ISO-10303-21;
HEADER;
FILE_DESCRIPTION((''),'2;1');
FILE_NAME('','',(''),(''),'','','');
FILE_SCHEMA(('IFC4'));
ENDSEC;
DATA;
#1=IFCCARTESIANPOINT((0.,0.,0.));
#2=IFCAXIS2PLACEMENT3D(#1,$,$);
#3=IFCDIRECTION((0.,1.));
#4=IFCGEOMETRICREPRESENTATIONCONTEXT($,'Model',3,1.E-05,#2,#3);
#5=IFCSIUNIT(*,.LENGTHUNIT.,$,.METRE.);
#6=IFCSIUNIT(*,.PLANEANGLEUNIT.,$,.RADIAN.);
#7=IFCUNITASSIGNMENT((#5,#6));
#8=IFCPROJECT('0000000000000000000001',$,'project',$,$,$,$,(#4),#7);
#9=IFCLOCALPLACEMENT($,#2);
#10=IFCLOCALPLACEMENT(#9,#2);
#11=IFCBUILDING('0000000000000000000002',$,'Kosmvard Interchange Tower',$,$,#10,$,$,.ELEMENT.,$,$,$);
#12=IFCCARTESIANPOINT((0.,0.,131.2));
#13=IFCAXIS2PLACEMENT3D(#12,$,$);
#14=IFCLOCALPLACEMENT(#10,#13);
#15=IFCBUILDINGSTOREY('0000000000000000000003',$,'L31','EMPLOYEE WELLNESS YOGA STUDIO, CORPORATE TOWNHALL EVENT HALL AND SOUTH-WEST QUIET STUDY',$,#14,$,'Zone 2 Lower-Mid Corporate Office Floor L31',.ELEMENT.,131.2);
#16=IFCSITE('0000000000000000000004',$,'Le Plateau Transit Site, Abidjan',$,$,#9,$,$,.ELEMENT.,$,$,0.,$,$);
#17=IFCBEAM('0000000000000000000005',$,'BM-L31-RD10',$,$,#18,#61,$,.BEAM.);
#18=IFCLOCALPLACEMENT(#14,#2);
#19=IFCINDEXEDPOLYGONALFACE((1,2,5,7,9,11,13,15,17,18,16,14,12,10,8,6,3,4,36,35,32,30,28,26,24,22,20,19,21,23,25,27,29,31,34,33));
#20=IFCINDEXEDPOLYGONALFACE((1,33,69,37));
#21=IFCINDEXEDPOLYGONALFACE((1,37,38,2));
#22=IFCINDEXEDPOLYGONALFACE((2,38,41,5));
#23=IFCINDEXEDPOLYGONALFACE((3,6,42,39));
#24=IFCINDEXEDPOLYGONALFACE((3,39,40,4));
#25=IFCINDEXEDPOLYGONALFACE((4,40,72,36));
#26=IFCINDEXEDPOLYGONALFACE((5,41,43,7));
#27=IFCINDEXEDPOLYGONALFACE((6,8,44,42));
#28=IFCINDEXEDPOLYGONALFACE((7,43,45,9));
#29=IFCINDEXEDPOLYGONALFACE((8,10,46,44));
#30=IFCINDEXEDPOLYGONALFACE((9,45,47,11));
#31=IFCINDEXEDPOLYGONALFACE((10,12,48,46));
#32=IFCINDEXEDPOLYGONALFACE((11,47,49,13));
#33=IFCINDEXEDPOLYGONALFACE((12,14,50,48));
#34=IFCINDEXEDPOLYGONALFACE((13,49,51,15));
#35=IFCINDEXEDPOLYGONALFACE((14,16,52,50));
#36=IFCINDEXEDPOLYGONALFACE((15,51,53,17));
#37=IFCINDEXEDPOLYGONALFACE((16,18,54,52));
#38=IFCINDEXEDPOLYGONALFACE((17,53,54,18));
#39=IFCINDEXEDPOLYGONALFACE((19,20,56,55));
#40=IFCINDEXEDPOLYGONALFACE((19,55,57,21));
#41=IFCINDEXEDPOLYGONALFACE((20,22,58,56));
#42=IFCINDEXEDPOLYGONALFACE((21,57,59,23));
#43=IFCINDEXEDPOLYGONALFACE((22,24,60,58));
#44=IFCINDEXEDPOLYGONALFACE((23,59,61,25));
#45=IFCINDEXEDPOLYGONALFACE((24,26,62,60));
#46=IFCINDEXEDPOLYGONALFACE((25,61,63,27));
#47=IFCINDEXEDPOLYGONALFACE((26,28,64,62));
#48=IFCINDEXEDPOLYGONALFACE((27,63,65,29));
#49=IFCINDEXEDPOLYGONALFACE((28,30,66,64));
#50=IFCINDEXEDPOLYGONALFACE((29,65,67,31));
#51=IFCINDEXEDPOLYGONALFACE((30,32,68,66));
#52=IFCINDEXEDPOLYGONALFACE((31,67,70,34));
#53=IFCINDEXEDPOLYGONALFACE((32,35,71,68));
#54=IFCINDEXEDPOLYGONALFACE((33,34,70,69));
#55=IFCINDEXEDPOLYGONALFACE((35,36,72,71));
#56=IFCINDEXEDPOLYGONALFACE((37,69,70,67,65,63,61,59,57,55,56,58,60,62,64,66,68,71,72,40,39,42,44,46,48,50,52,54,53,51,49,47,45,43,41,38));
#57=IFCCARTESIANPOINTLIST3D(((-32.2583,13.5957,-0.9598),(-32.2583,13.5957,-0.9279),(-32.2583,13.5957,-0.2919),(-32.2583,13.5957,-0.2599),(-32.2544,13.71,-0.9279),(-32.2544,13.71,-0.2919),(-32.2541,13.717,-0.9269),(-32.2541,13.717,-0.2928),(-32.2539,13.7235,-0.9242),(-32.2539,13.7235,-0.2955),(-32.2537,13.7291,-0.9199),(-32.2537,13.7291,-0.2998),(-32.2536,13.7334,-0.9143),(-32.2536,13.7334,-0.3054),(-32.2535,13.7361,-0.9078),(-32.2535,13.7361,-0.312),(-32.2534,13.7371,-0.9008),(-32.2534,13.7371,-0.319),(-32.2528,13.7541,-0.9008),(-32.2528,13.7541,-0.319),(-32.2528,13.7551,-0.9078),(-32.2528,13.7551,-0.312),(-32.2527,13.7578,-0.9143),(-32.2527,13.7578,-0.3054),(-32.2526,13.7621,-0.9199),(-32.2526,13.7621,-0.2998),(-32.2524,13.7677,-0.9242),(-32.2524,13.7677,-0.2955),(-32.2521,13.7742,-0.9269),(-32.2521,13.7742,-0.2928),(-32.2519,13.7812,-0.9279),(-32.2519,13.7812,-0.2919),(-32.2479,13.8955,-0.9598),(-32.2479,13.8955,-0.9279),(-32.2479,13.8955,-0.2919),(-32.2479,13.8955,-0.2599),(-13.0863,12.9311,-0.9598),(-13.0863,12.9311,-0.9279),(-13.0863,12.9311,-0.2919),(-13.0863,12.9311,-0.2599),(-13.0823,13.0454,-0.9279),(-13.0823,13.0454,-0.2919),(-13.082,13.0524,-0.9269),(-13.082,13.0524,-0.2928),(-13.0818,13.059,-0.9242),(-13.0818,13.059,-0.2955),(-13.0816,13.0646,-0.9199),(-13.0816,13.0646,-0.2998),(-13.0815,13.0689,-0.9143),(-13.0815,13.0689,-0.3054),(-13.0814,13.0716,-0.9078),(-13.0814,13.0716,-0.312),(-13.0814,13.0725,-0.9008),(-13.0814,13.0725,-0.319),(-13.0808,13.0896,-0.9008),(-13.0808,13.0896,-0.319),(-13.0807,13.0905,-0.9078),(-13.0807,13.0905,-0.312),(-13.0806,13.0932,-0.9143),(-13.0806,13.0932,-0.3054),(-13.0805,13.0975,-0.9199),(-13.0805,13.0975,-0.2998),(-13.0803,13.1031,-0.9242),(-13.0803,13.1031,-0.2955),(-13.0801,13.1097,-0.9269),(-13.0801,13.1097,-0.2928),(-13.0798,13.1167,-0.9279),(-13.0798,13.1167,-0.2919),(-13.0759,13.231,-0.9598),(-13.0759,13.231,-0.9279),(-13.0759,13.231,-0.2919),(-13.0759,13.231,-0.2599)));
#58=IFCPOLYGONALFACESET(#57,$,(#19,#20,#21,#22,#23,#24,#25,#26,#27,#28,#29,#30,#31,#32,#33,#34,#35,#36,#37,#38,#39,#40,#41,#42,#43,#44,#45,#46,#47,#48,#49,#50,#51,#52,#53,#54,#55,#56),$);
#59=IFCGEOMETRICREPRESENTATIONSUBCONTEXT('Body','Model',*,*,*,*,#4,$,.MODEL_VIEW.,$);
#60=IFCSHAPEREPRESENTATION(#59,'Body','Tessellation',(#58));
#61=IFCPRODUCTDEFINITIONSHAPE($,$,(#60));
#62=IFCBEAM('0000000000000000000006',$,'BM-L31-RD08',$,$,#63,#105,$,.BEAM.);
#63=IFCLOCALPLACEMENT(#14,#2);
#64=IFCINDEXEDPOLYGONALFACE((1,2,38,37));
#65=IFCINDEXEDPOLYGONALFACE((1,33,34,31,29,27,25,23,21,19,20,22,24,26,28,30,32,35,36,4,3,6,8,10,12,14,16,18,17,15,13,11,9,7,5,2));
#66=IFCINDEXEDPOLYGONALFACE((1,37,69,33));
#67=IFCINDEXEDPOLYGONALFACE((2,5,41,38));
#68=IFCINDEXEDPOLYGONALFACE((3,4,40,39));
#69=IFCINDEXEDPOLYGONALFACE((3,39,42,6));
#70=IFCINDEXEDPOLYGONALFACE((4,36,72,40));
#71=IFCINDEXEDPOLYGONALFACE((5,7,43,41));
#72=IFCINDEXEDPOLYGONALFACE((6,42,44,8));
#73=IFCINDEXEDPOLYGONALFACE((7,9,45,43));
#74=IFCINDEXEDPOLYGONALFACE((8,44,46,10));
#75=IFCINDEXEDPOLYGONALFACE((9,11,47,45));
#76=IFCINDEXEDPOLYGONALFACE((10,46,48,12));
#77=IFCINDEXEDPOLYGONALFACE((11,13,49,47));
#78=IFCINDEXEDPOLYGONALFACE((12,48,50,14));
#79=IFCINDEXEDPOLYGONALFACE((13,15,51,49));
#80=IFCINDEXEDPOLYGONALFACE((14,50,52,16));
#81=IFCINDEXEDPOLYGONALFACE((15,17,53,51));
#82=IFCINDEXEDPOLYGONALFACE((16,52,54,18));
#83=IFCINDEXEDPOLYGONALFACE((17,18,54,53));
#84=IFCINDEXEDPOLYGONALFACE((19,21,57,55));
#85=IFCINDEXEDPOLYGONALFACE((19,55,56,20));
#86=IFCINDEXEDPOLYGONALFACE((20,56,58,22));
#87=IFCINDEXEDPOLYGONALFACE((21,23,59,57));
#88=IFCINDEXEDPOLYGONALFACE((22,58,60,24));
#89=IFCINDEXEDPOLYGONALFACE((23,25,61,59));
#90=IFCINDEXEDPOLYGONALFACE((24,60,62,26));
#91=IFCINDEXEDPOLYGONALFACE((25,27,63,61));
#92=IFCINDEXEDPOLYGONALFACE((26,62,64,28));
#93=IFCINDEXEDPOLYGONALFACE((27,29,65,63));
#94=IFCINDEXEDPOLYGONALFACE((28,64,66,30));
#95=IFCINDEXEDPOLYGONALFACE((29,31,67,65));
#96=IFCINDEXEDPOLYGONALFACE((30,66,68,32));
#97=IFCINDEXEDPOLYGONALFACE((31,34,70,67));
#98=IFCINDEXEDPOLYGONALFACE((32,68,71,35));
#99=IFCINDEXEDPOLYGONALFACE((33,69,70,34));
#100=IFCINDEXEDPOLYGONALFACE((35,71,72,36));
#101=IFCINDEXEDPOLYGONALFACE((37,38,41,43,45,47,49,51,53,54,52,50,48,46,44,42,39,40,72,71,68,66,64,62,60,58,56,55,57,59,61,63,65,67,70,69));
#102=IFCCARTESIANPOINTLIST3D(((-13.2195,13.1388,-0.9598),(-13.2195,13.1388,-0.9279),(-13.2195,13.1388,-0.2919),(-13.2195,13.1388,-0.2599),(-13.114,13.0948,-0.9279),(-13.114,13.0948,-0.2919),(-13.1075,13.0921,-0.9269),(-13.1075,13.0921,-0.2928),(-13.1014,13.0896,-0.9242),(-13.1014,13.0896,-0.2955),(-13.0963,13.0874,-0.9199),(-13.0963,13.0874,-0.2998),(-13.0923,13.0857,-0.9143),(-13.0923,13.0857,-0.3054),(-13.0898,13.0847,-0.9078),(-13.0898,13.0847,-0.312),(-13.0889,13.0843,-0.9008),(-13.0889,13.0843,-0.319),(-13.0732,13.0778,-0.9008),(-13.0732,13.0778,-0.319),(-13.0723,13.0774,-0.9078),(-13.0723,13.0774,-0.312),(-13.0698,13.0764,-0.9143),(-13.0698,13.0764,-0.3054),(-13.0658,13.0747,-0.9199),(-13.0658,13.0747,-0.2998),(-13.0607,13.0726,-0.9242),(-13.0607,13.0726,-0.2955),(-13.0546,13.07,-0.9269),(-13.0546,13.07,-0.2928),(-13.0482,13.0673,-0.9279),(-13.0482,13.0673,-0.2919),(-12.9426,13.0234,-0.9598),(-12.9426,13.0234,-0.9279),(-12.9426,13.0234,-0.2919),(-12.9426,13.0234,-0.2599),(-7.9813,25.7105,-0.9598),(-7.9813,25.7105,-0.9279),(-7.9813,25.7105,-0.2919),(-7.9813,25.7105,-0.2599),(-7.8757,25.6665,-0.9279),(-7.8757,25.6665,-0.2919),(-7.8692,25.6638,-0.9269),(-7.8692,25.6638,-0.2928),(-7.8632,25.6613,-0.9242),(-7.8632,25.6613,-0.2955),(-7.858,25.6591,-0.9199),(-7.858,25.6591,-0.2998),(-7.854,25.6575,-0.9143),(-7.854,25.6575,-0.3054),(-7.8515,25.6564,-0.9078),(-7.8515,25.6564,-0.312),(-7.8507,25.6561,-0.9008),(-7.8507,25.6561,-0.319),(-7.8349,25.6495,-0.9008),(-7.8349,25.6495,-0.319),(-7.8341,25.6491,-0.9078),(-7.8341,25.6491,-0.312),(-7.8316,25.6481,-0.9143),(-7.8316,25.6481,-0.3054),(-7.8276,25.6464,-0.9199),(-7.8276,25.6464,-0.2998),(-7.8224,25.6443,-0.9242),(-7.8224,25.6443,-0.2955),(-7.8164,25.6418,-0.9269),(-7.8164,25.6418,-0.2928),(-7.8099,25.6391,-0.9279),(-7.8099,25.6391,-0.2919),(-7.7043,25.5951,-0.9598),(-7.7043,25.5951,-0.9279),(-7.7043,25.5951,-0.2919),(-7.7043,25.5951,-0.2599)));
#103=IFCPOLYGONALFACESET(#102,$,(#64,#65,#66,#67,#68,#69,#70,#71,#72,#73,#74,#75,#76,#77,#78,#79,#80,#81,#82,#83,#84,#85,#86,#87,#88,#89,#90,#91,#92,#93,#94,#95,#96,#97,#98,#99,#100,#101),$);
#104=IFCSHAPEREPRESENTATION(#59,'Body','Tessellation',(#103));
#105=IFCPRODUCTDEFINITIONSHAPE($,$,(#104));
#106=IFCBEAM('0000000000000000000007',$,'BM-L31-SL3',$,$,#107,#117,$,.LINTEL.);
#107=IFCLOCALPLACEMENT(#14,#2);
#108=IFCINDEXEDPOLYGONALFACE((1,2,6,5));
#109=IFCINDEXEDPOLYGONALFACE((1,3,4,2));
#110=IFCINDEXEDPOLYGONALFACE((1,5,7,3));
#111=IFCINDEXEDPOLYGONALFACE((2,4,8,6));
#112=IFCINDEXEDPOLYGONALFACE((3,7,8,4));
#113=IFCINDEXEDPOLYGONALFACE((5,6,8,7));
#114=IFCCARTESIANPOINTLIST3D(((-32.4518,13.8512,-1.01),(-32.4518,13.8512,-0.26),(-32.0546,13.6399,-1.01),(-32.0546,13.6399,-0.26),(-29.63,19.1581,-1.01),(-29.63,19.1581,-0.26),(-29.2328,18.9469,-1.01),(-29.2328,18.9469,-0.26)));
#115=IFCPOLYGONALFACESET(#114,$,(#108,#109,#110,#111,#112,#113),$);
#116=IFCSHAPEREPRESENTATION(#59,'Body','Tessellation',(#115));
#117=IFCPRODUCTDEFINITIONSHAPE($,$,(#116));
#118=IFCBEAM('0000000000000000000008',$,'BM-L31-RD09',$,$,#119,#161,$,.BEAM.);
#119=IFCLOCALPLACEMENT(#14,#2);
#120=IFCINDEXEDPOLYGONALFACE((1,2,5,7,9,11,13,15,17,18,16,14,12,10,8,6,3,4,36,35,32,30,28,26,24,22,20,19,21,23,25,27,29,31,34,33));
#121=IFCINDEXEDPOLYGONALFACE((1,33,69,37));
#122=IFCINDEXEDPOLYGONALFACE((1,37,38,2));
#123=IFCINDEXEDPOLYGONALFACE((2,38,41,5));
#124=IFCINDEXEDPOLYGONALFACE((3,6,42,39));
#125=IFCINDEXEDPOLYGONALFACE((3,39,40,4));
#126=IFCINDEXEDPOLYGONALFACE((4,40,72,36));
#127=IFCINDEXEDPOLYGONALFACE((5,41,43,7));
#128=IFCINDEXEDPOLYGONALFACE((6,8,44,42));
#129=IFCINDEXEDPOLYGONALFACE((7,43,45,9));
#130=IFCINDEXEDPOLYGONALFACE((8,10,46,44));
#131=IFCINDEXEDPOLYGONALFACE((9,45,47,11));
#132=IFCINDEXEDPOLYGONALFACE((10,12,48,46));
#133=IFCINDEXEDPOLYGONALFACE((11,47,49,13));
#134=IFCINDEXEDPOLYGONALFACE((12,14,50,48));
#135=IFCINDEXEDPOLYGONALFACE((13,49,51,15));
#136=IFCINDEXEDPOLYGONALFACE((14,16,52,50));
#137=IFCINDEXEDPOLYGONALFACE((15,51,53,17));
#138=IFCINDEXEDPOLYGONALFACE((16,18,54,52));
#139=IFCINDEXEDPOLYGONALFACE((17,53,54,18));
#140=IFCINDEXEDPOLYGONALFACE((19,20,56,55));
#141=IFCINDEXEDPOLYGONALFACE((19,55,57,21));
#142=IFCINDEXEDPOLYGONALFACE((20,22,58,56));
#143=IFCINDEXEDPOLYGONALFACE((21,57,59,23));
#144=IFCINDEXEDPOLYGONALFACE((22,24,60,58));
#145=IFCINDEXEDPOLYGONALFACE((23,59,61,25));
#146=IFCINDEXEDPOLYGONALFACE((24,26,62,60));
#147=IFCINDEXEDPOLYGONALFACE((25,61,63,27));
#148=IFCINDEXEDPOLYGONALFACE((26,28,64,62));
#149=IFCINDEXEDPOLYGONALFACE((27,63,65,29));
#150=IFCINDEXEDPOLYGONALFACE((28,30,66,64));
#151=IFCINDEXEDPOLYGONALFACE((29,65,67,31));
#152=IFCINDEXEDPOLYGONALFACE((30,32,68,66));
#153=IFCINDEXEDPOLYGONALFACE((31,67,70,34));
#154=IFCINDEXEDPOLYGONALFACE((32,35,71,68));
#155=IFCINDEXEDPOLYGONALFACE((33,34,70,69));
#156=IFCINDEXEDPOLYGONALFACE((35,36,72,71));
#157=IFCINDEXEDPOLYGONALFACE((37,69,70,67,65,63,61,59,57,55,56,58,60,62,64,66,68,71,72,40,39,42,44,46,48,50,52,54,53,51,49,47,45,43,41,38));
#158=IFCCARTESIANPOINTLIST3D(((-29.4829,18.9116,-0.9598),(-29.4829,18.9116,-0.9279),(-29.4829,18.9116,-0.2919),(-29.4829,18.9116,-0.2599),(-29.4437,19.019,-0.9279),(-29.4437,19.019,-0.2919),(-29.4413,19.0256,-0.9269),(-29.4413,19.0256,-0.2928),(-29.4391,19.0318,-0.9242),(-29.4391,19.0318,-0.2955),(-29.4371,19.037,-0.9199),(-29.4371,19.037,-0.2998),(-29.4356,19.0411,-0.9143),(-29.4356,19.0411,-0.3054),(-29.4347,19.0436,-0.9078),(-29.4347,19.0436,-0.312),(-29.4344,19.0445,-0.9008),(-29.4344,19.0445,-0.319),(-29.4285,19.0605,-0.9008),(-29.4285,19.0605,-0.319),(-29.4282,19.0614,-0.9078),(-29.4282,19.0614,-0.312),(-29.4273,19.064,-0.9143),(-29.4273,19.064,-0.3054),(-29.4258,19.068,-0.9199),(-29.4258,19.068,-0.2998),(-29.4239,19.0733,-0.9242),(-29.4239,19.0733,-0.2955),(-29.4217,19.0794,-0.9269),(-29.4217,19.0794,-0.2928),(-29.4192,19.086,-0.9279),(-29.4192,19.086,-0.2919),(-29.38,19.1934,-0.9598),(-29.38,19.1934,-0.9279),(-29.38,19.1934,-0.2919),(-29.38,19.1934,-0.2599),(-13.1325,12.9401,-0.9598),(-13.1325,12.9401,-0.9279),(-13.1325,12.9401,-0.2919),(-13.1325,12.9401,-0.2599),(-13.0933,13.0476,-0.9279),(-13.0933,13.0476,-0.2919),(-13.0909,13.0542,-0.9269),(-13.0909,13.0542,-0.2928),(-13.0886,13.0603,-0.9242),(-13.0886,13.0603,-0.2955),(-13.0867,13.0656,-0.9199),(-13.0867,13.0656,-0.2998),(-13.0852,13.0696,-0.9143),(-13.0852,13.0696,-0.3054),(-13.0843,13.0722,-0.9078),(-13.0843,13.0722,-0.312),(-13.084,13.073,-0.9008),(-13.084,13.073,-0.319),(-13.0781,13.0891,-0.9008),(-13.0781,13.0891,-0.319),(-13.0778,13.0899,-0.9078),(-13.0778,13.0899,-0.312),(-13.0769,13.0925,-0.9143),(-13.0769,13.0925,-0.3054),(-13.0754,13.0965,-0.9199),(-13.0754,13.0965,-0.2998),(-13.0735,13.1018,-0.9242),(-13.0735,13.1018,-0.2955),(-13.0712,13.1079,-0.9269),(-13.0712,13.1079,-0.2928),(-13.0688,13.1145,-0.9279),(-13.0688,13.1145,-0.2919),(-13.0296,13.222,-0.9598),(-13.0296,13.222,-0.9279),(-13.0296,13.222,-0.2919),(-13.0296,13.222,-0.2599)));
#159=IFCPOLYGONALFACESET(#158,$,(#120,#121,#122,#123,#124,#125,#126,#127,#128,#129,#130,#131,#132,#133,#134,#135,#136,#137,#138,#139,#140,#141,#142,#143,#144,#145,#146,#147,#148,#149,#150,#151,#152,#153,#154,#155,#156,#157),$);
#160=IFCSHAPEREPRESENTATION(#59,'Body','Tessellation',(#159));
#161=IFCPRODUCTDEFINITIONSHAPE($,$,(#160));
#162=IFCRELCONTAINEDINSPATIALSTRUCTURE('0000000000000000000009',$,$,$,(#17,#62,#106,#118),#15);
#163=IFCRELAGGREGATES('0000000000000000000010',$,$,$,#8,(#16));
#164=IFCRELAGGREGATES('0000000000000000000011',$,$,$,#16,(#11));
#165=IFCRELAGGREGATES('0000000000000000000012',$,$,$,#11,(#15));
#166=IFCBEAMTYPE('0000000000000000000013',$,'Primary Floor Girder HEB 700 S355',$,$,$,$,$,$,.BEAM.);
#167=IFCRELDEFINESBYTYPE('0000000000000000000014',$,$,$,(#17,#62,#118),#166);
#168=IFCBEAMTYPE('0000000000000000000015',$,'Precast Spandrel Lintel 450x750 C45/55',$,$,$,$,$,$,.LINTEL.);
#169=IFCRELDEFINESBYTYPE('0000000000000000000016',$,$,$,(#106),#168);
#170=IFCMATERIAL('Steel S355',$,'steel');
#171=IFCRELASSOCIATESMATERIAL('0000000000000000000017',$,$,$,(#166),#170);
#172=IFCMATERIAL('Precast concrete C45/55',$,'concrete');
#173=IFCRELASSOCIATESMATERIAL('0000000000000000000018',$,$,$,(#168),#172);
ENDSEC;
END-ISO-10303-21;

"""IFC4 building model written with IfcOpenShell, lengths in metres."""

from ifc_helpers import new_model, si_unit, direction, frame, origin, origin_2d, place, context, subcontext, project, spatial, rectangle, i_section, extrude, source, transform, mapped, material, material_profile, profile_set, type_object, element, save


model = new_model("IFC4")

# Units and contexts
model_context = context("Model", 3, precision=1e-05, world=origin(), true_north=direction((0.0, 1.0)))
body_context = subcontext(model_context, "Body", "Model", "MODEL_VIEW")
ifc_project = project(units=[si_unit("LENGTHUNIT", "METRE"), si_unit("PLANEANGLEUNIT", "RADIAN")], contexts=[model_context])

# Site, building, storey
site_placement = place(None, origin())
site = spatial("IfcSite", under=ifc_project, at=site_placement, Name="Le Plateau Transit Site, Abidjan", CompositionType="ELEMENT", RefElevation=0.0)
building_placement = place(site_placement, origin())
building = spatial("IfcBuilding", under=site, at=building_placement, Name="Kosmvard Interchange Tower", CompositionType="ELEMENT")
storey_placement = place(building_placement, frame((0.0, 0.0, 131.2)))
storey = spatial("IfcBuildingStorey", under=building, at=storey_placement, Name="L31", Description="EMPLOYEE WELLNESS YOGA STUDIO, CORPORATE TOWNHALL EVENT HALL AND SOUTH-WEST QUIET STUDY", LongName="Zone 2 Lower-Mid Corporate Office Floor L31", CompositionType="ELEMENT", Elevation=131.2)

# Beams
ifc_material_1 = material(Name="Steel S355", Category="steel")
ifc_material_profile_1 = material_profile(ifc_material_1, i_section(OverallWidth=0.3, OverallDepth=0.7, WebThickness=0.0171, FlangeThickness=0.032, FilletRadius=0.0271, at=origin_2d()), Name="HEB 700")
ifc_profile_set_1 = profile_set([ifc_material_profile_1], Name="Steel S355")
beam_type_1 = type_object("IfcBeamType", Name="Primary Floor Girder HEB 700 S355", PredefinedType="BEAM", material=ifc_profile_set_1)
shared_shape_1 = source(origin(), body_context, "Body", "SweptSolid", [
    extrude(i_section(OverallWidth=0.3, OverallDepth=0.7, WebThickness=0.0171, FlangeThickness=0.032, FilletRadius=0.0271, at=origin_2d()), origin(), (0.0, 0.0, 1.0), 19.1836),
])
beam_1_placement = place(storey_placement, frame((-13.0811, 13.0811, -0.6099), z_axis=(-0.9994, 0.034642, 0.0), x_axis=(-0.034642, -0.9994, 0.0)))
element("IfcBeam", 1, at=beam_1_placement, inside=storey, type_object=beam_type_1, Name="BM-L31-RD10", PredefinedType="BEAM", context=body_context, shape_type="MappedRepresentation", body=[
    mapped(shared_shape_1, transform((0.0, 0.0, 0.0), scale=1.0)),
])
shared_shape_2 = source(origin(), body_context, "Body", "SweptSolid", [
    extrude(i_section(OverallWidth=0.3, OverallDepth=0.7, WebThickness=0.0171, FlangeThickness=0.032, FilletRadius=0.0271, at=origin_2d()), origin(), (0.0, 0.0, 1.0), 13.6194),
])
beam_2_placement = place(storey_placement, frame((-13.0811, 13.0811, -0.6099), z_axis=(0.384618, 0.923076, 0.0), x_axis=(-0.923076, 0.384618, 0.0)))
element("IfcBeam", 2, at=beam_2_placement, inside=storey, type_object=beam_type_1, Name="BM-L31-RD08", PredefinedType="BEAM", context=body_context, shape_type="MappedRepresentation", body=[
    mapped(shared_shape_2, transform((0.0, 0.0, 0.0), scale=1.0)),
])
ifc_material_2 = material(Name="Precast concrete C45/55", Category="concrete")
ifc_material_profile_2 = material_profile(ifc_material_2, rectangle(XDim=0.45, YDim=0.75, at=origin_2d()), Name="SL 450x750")
ifc_profile_set_2 = profile_set([ifc_material_profile_2], Name="Precast concrete C45/55")
beam_type_2 = type_object("IfcBeamType", Name="Precast Spandrel Lintel 450x750 C45/55", PredefinedType="LINTEL", material=ifc_profile_set_2)
shared_shape_3 = source(origin(), body_context, "Body", "SweptSolid", [
    extrude(rectangle(XDim=0.45, YDim=0.75, at=origin_2d()), origin(), (0.0, 0.0, 1.0), 6.0105),
])
beam_3_placement = place(storey_placement, frame((-29.4314, 19.0525, -0.635), z_axis=(-0.469479, -0.882944, 0.0), x_axis=(0.882944, -0.469479, 0.0)))
element("IfcBeam", 3, at=beam_3_placement, inside=storey, type_object=beam_type_2, Name="BM-L31-SL3", PredefinedType="LINTEL", context=body_context, shape_type="MappedRepresentation", body=[
    mapped(shared_shape_3, transform((0.0, 0.0, 0.0), scale=1.0)),
])
shared_shape_4 = source(origin(), body_context, "Body", "SweptSolid", [
    extrude(i_section(OverallWidth=0.3, OverallDepth=0.7, WebThickness=0.0171, FlangeThickness=0.032, FilletRadius=0.0271, at=origin_2d()), origin(), (0.0, 0.0, 1.0), 17.4067),
])
beam_4_placement = place(storey_placement, frame((-13.0811, 13.0811, -0.6099), z_axis=(-0.939315, 0.343055, 0.0), x_axis=(-0.343055, -0.939315, 0.0)))
element("IfcBeam", 4, at=beam_4_placement, inside=storey, type_object=beam_type_1, Name="BM-L31-RD09", PredefinedType="BEAM", context=body_context, shape_type="MappedRepresentation", body=[
    mapped(shared_shape_4, transform((0.0, 0.0, 0.0), scale=1.0)),
])

save(model, "model.ifc")
